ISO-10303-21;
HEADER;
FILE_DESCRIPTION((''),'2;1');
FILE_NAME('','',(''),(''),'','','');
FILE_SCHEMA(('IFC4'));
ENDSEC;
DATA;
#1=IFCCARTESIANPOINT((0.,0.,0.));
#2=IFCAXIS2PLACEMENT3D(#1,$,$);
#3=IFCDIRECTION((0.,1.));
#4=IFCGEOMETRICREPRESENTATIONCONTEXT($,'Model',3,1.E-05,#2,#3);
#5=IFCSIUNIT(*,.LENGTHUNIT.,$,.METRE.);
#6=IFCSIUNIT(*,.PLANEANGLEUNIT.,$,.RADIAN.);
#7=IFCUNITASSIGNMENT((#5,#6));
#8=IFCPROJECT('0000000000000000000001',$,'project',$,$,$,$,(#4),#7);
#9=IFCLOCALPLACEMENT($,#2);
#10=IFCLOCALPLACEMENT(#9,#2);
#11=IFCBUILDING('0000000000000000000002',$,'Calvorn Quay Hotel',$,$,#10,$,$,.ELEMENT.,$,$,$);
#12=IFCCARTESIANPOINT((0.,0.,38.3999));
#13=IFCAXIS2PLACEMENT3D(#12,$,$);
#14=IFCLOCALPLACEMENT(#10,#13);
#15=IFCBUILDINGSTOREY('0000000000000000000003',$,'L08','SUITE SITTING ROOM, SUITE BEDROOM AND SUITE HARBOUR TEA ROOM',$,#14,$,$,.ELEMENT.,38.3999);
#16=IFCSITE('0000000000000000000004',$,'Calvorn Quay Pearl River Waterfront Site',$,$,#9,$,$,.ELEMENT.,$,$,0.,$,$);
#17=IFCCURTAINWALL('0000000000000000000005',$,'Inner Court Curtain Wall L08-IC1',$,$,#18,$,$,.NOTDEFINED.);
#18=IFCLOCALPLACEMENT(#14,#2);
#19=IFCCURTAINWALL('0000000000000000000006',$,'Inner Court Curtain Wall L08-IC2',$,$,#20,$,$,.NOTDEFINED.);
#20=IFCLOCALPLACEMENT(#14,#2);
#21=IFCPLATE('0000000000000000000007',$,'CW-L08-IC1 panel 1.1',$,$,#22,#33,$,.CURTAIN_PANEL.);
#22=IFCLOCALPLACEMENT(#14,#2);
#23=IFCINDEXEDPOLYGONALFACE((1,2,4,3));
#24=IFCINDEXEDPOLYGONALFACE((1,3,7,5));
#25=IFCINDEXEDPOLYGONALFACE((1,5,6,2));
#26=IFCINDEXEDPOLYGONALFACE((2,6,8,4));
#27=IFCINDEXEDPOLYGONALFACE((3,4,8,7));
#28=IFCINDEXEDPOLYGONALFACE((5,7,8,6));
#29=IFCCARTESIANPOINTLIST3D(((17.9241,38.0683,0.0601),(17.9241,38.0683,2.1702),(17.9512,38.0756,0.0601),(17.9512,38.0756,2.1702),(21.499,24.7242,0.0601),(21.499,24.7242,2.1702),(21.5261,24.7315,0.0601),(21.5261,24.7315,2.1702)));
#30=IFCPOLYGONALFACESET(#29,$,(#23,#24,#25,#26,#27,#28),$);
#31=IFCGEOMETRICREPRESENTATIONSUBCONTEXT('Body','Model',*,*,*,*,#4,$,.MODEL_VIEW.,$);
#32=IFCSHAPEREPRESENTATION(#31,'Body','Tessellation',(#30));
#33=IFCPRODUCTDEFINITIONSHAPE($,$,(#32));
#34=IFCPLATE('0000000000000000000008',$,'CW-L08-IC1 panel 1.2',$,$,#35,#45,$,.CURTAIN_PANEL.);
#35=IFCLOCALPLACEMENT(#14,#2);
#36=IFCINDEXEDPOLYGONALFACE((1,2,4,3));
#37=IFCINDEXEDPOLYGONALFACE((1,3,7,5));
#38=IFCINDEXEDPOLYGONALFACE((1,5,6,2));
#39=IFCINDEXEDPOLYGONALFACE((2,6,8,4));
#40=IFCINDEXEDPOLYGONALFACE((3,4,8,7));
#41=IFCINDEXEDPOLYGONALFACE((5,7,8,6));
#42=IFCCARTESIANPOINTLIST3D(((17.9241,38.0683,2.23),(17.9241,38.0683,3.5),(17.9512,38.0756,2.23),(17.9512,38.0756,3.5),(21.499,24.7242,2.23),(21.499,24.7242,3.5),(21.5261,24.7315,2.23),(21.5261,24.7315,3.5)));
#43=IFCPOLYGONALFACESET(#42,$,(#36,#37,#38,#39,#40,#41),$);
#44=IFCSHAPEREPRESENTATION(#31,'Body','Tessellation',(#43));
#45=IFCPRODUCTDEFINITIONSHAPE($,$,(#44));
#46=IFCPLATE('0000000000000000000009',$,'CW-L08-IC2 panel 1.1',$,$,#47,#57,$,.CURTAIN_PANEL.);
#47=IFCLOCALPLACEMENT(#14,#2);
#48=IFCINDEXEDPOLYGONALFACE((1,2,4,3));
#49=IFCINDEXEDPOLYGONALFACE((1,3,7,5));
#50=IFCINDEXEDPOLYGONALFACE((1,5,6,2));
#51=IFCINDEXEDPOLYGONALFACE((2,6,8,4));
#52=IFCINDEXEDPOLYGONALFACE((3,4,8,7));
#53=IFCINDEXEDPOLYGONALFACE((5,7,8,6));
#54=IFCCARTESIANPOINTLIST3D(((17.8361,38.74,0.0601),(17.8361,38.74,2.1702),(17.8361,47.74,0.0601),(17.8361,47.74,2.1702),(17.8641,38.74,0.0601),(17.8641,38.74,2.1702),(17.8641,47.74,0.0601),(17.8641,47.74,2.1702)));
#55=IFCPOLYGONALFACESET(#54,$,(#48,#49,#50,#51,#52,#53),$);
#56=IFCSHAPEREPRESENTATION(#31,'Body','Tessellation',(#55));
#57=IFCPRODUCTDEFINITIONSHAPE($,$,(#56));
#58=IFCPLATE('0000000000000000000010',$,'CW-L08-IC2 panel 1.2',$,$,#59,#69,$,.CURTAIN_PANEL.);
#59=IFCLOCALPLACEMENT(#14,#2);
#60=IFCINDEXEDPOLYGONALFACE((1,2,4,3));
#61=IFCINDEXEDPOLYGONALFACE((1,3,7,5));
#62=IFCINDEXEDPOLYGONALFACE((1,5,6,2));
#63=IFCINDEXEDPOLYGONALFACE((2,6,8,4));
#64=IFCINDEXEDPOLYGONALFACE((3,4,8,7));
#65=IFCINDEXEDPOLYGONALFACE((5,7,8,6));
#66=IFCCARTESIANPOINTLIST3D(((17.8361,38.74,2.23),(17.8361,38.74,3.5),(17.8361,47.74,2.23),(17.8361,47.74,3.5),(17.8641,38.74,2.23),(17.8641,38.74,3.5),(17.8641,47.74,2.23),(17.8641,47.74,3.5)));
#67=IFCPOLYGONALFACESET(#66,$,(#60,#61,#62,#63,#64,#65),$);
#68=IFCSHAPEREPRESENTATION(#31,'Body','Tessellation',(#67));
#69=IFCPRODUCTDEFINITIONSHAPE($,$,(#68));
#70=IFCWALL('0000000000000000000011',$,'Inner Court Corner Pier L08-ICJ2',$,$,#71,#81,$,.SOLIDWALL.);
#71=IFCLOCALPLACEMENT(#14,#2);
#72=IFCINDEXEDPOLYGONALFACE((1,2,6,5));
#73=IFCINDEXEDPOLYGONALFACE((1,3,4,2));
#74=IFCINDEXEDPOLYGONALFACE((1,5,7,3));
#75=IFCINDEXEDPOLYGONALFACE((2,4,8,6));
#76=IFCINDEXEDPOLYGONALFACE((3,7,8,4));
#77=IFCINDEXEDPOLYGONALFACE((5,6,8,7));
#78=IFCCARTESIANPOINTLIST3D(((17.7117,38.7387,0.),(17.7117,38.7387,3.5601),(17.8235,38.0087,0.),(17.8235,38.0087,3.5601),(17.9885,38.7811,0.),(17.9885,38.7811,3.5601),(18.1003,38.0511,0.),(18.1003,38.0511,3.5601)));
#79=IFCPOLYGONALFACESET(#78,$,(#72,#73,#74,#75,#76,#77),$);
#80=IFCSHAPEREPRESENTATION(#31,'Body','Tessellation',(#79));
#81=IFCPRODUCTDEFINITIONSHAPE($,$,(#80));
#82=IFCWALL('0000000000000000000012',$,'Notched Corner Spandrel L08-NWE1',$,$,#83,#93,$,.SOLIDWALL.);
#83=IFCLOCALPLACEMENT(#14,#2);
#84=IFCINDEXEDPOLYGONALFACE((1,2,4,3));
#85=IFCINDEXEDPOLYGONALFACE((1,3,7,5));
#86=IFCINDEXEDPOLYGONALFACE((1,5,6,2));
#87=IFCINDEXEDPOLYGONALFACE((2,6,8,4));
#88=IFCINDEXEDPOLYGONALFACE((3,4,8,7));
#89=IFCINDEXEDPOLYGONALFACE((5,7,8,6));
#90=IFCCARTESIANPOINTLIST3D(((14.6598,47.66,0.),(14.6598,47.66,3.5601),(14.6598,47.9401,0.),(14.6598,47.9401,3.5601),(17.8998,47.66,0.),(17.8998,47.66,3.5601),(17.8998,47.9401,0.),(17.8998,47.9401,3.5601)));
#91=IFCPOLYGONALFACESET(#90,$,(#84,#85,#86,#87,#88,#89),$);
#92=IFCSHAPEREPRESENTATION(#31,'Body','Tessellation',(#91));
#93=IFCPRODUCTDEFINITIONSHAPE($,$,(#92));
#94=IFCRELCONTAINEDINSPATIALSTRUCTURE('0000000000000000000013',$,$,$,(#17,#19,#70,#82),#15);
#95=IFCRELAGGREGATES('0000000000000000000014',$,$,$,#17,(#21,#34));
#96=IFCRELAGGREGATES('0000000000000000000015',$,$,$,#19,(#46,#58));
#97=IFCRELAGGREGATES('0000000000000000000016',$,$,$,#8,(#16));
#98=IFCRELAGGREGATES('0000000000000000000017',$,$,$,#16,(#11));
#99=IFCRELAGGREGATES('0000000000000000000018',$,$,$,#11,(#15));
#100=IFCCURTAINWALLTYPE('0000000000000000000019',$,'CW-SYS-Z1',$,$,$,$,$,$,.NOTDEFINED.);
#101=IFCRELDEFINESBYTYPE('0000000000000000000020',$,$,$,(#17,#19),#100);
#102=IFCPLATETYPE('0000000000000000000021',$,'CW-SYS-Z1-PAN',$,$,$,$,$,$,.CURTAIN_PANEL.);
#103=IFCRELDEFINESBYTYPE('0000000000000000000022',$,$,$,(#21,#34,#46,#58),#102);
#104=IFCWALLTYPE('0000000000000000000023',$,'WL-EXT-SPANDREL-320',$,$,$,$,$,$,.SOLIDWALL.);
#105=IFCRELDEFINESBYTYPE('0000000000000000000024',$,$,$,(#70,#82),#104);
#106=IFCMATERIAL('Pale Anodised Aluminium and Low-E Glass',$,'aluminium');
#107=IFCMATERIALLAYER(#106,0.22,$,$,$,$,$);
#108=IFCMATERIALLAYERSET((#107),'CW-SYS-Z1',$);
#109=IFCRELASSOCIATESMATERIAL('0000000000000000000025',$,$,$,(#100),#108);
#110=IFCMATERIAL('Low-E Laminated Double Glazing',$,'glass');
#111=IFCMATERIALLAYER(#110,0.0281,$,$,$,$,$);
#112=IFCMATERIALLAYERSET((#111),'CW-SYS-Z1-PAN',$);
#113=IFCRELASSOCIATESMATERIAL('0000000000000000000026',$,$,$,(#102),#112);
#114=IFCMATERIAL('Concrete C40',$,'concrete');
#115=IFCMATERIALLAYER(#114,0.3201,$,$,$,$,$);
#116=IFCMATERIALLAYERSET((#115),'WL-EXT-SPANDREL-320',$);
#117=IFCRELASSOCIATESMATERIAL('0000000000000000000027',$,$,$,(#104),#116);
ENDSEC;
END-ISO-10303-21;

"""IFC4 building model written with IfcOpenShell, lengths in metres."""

from ifc_helpers import new_model, si_unit, direction, frame, frame_2d, origin, origin_2d, place, context, subcontext, project, spatial, rectangle, extrude, material, layer, layer_set, type_object, element, aggregate, save


model = new_model("IFC4")

# Units and contexts
model_context = context("Model", 3, precision=1e-05, world=origin(), true_north=direction((0.0, 1.0)))
body_context = subcontext(model_context, "Body", "Model", "MODEL_VIEW")
ifc_project = project(units=[si_unit("LENGTHUNIT", "METRE"), si_unit("PLANEANGLEUNIT", "RADIAN")], contexts=[model_context])

# Site, building, storey
site_placement = place(None, origin())
site = spatial("IfcSite", under=ifc_project, at=site_placement, Name="Calvorn Quay Pearl River Waterfront Site", CompositionType="ELEMENT", RefElevation=0.0)
building_placement = place(site_placement, origin())
building = spatial("IfcBuilding", under=site, at=building_placement, Name="Calvorn Quay Hotel", CompositionType="ELEMENT")
storey_placement = place(building_placement, frame((0.0, 0.0, 38.3999)))
storey = spatial("IfcBuildingStorey", under=building, at=storey_placement, Name="L08", Description="SUITE SITTING ROOM, SUITE BEDROOM AND SUITE HARBOUR TEA ROOM", CompositionType="ELEMENT", Elevation=38.3999)

# Curtain wall
ifc_material_1 = material(Name="Pale Anodised Aluminium and Low-E Glass", Category="aluminium")
ifc_layer_1 = layer(ifc_material_1, 0.22)
ifc_layer_set_1 = layer_set([ifc_layer_1], Name="CW-SYS-Z1")
curtain_wall_type = type_object("IfcCurtainWallType", Name="CW-SYS-Z1", PredefinedType="NOTDEFINED", material=ifc_layer_set_1)
curtain_wall_1_placement = place(storey_placement, origin())
curtain_wall_1 = element("IfcCurtainWall", 1, at=curtain_wall_1_placement, inside=storey, type_object=curtain_wall_type, Name="Inner Court Curtain Wall L08-IC1", PredefinedType="NOTDEFINED")

# Curtain wall
curtain_wall_2_placement = place(storey_placement, origin())
curtain_wall_2 = element("IfcCurtainWall", 2, at=curtain_wall_2_placement, inside=storey, type_object=curtain_wall_type, Name="Inner Court Curtain Wall L08-IC2", PredefinedType="NOTDEFINED")

# Plates
ifc_material_2 = material(Name="Low-E Laminated Double Glazing", Category="glass")
ifc_layer_2 = layer(ifc_material_2, 0.0281)
ifc_layer_set_2 = layer_set([ifc_layer_2], Name="CW-SYS-Z1-PAN")
plate_type = type_object("IfcPlateType", Name="CW-SYS-Z1-PAN", PredefinedType="CURTAIN_PANEL", material=ifc_layer_set_2)
plate_1_placement = place(storey_placement, frame((19.7251, 31.3999, 0.0601), z_axis=(0.0, 0.0, 1.0), x_axis=(-0.258779, 0.965937, 0.0)))
plate_1 = element("IfcPlate", 3, at=plate_1_placement, type_object=plate_type, Name="CW-L08-IC1 panel 1.1", PredefinedType="CURTAIN_PANEL", context=body_context, shape_type="SweptSolid", body=[
    extrude(rectangle(XDim=13.8147, YDim=0.0281, at=origin_2d()), origin(), (0.0, 0.0, 1.0), 2.1101),
])
plate_2_placement = place(storey_placement, frame((19.7251, 31.3999, 2.23), z_axis=(0.0, 0.0, 1.0), x_axis=(-0.258779, 0.965937, 0.0)))
plate_2 = element("IfcPlate", 4, at=plate_2_placement, type_object=plate_type, Name="CW-L08-IC1 panel 1.2", PredefinedType="CURTAIN_PANEL", context=body_context, shape_type="SweptSolid", body=[
    extrude(rectangle(XDim=13.8147, YDim=0.0281, at=origin_2d()), origin(), (0.0, 0.0, 1.0), 1.27),
])
aggregate(curtain_wall_1, [plate_1, plate_2])
plate_3_placement = place(storey_placement, frame((17.8501, 43.24, 0.0601), z_axis=(0.0, 0.0, 1.0), x_axis=(0.0, 1.0, 0.0)))
plate_3 = element("IfcPlate", 5, at=plate_3_placement, type_object=plate_type, Name="CW-L08-IC2 panel 1.1", PredefinedType="CURTAIN_PANEL", context=body_context, shape_type="SweptSolid", body=[
    extrude(rectangle(XDim=9.0, YDim=0.0281, at=origin_2d()), origin(), (0.0, 0.0, 1.0), 2.1101),
])
plate_4_placement = place(storey_placement, frame((17.8501, 43.24, 2.23), z_axis=(0.0, 0.0, 1.0), x_axis=(0.0, 1.0, 0.0)))
plate_4 = element("IfcPlate", 6, at=plate_4_placement, type_object=plate_type, Name="CW-L08-IC2 panel 1.2", PredefinedType="CURTAIN_PANEL", context=body_context, shape_type="SweptSolid", body=[
    extrude(rectangle(XDim=9.0, YDim=0.0281, at=origin_2d()), origin(), (0.0, 0.0, 1.0), 1.27),
])
aggregate(curtain_wall_2, [plate_3, plate_4])

# Walls
ifc_material_3 = material(Name="Concrete C40", Category="concrete")
ifc_layer_3 = layer(ifc_material_3, 0.3201)
ifc_layer_set_3 = layer_set([ifc_layer_3], Name="WL-EXT-SPANDREL-320")
wall_type = type_object("IfcWallType", Name="WL-EXT-SPANDREL-320", PredefinedType="SOLIDWALL", material=ifc_layer_set_3)
wall_1_placement = place(storey_placement, frame((17.9619, 38.03, 0.0), z_axis=(0.0, 0.0, 1.0), x_axis=(-0.151411, 0.988471, 0.0)))
element("IfcWall", 7, at=wall_1_placement, inside=storey, type_object=wall_type, Name="Inner Court Corner Pier L08-ICJ2", PredefinedType="SOLIDWALL", context=body_context, shape_type="SweptSolid", body=[
    extrude(rectangle(XDim=0.7385, YDim=0.28, at=frame_2d((0.3691, 0.0))), origin(), (0.0, 0.0, 1.0), 3.5601),
])
wall_2_placement = place(storey_placement, frame((17.8999, 47.8, 0.0), z_axis=(0.0, 0.0, 1.0), x_axis=(-1.0, 0.0, 0.0)))
element("IfcWall", 8, at=wall_2_placement, inside=storey, type_object=wall_type, Name="Notched Corner Spandrel L08-NWE1", PredefinedType="SOLIDWALL", context=body_context, shape_type="SweptSolid", body=[
    extrude(rectangle(XDim=3.24, YDim=0.28, at=frame_2d((1.6201, 0.0))), origin(), (0.0, 0.0, 1.0), 3.5601),
])

save(model, "model.ifc")
